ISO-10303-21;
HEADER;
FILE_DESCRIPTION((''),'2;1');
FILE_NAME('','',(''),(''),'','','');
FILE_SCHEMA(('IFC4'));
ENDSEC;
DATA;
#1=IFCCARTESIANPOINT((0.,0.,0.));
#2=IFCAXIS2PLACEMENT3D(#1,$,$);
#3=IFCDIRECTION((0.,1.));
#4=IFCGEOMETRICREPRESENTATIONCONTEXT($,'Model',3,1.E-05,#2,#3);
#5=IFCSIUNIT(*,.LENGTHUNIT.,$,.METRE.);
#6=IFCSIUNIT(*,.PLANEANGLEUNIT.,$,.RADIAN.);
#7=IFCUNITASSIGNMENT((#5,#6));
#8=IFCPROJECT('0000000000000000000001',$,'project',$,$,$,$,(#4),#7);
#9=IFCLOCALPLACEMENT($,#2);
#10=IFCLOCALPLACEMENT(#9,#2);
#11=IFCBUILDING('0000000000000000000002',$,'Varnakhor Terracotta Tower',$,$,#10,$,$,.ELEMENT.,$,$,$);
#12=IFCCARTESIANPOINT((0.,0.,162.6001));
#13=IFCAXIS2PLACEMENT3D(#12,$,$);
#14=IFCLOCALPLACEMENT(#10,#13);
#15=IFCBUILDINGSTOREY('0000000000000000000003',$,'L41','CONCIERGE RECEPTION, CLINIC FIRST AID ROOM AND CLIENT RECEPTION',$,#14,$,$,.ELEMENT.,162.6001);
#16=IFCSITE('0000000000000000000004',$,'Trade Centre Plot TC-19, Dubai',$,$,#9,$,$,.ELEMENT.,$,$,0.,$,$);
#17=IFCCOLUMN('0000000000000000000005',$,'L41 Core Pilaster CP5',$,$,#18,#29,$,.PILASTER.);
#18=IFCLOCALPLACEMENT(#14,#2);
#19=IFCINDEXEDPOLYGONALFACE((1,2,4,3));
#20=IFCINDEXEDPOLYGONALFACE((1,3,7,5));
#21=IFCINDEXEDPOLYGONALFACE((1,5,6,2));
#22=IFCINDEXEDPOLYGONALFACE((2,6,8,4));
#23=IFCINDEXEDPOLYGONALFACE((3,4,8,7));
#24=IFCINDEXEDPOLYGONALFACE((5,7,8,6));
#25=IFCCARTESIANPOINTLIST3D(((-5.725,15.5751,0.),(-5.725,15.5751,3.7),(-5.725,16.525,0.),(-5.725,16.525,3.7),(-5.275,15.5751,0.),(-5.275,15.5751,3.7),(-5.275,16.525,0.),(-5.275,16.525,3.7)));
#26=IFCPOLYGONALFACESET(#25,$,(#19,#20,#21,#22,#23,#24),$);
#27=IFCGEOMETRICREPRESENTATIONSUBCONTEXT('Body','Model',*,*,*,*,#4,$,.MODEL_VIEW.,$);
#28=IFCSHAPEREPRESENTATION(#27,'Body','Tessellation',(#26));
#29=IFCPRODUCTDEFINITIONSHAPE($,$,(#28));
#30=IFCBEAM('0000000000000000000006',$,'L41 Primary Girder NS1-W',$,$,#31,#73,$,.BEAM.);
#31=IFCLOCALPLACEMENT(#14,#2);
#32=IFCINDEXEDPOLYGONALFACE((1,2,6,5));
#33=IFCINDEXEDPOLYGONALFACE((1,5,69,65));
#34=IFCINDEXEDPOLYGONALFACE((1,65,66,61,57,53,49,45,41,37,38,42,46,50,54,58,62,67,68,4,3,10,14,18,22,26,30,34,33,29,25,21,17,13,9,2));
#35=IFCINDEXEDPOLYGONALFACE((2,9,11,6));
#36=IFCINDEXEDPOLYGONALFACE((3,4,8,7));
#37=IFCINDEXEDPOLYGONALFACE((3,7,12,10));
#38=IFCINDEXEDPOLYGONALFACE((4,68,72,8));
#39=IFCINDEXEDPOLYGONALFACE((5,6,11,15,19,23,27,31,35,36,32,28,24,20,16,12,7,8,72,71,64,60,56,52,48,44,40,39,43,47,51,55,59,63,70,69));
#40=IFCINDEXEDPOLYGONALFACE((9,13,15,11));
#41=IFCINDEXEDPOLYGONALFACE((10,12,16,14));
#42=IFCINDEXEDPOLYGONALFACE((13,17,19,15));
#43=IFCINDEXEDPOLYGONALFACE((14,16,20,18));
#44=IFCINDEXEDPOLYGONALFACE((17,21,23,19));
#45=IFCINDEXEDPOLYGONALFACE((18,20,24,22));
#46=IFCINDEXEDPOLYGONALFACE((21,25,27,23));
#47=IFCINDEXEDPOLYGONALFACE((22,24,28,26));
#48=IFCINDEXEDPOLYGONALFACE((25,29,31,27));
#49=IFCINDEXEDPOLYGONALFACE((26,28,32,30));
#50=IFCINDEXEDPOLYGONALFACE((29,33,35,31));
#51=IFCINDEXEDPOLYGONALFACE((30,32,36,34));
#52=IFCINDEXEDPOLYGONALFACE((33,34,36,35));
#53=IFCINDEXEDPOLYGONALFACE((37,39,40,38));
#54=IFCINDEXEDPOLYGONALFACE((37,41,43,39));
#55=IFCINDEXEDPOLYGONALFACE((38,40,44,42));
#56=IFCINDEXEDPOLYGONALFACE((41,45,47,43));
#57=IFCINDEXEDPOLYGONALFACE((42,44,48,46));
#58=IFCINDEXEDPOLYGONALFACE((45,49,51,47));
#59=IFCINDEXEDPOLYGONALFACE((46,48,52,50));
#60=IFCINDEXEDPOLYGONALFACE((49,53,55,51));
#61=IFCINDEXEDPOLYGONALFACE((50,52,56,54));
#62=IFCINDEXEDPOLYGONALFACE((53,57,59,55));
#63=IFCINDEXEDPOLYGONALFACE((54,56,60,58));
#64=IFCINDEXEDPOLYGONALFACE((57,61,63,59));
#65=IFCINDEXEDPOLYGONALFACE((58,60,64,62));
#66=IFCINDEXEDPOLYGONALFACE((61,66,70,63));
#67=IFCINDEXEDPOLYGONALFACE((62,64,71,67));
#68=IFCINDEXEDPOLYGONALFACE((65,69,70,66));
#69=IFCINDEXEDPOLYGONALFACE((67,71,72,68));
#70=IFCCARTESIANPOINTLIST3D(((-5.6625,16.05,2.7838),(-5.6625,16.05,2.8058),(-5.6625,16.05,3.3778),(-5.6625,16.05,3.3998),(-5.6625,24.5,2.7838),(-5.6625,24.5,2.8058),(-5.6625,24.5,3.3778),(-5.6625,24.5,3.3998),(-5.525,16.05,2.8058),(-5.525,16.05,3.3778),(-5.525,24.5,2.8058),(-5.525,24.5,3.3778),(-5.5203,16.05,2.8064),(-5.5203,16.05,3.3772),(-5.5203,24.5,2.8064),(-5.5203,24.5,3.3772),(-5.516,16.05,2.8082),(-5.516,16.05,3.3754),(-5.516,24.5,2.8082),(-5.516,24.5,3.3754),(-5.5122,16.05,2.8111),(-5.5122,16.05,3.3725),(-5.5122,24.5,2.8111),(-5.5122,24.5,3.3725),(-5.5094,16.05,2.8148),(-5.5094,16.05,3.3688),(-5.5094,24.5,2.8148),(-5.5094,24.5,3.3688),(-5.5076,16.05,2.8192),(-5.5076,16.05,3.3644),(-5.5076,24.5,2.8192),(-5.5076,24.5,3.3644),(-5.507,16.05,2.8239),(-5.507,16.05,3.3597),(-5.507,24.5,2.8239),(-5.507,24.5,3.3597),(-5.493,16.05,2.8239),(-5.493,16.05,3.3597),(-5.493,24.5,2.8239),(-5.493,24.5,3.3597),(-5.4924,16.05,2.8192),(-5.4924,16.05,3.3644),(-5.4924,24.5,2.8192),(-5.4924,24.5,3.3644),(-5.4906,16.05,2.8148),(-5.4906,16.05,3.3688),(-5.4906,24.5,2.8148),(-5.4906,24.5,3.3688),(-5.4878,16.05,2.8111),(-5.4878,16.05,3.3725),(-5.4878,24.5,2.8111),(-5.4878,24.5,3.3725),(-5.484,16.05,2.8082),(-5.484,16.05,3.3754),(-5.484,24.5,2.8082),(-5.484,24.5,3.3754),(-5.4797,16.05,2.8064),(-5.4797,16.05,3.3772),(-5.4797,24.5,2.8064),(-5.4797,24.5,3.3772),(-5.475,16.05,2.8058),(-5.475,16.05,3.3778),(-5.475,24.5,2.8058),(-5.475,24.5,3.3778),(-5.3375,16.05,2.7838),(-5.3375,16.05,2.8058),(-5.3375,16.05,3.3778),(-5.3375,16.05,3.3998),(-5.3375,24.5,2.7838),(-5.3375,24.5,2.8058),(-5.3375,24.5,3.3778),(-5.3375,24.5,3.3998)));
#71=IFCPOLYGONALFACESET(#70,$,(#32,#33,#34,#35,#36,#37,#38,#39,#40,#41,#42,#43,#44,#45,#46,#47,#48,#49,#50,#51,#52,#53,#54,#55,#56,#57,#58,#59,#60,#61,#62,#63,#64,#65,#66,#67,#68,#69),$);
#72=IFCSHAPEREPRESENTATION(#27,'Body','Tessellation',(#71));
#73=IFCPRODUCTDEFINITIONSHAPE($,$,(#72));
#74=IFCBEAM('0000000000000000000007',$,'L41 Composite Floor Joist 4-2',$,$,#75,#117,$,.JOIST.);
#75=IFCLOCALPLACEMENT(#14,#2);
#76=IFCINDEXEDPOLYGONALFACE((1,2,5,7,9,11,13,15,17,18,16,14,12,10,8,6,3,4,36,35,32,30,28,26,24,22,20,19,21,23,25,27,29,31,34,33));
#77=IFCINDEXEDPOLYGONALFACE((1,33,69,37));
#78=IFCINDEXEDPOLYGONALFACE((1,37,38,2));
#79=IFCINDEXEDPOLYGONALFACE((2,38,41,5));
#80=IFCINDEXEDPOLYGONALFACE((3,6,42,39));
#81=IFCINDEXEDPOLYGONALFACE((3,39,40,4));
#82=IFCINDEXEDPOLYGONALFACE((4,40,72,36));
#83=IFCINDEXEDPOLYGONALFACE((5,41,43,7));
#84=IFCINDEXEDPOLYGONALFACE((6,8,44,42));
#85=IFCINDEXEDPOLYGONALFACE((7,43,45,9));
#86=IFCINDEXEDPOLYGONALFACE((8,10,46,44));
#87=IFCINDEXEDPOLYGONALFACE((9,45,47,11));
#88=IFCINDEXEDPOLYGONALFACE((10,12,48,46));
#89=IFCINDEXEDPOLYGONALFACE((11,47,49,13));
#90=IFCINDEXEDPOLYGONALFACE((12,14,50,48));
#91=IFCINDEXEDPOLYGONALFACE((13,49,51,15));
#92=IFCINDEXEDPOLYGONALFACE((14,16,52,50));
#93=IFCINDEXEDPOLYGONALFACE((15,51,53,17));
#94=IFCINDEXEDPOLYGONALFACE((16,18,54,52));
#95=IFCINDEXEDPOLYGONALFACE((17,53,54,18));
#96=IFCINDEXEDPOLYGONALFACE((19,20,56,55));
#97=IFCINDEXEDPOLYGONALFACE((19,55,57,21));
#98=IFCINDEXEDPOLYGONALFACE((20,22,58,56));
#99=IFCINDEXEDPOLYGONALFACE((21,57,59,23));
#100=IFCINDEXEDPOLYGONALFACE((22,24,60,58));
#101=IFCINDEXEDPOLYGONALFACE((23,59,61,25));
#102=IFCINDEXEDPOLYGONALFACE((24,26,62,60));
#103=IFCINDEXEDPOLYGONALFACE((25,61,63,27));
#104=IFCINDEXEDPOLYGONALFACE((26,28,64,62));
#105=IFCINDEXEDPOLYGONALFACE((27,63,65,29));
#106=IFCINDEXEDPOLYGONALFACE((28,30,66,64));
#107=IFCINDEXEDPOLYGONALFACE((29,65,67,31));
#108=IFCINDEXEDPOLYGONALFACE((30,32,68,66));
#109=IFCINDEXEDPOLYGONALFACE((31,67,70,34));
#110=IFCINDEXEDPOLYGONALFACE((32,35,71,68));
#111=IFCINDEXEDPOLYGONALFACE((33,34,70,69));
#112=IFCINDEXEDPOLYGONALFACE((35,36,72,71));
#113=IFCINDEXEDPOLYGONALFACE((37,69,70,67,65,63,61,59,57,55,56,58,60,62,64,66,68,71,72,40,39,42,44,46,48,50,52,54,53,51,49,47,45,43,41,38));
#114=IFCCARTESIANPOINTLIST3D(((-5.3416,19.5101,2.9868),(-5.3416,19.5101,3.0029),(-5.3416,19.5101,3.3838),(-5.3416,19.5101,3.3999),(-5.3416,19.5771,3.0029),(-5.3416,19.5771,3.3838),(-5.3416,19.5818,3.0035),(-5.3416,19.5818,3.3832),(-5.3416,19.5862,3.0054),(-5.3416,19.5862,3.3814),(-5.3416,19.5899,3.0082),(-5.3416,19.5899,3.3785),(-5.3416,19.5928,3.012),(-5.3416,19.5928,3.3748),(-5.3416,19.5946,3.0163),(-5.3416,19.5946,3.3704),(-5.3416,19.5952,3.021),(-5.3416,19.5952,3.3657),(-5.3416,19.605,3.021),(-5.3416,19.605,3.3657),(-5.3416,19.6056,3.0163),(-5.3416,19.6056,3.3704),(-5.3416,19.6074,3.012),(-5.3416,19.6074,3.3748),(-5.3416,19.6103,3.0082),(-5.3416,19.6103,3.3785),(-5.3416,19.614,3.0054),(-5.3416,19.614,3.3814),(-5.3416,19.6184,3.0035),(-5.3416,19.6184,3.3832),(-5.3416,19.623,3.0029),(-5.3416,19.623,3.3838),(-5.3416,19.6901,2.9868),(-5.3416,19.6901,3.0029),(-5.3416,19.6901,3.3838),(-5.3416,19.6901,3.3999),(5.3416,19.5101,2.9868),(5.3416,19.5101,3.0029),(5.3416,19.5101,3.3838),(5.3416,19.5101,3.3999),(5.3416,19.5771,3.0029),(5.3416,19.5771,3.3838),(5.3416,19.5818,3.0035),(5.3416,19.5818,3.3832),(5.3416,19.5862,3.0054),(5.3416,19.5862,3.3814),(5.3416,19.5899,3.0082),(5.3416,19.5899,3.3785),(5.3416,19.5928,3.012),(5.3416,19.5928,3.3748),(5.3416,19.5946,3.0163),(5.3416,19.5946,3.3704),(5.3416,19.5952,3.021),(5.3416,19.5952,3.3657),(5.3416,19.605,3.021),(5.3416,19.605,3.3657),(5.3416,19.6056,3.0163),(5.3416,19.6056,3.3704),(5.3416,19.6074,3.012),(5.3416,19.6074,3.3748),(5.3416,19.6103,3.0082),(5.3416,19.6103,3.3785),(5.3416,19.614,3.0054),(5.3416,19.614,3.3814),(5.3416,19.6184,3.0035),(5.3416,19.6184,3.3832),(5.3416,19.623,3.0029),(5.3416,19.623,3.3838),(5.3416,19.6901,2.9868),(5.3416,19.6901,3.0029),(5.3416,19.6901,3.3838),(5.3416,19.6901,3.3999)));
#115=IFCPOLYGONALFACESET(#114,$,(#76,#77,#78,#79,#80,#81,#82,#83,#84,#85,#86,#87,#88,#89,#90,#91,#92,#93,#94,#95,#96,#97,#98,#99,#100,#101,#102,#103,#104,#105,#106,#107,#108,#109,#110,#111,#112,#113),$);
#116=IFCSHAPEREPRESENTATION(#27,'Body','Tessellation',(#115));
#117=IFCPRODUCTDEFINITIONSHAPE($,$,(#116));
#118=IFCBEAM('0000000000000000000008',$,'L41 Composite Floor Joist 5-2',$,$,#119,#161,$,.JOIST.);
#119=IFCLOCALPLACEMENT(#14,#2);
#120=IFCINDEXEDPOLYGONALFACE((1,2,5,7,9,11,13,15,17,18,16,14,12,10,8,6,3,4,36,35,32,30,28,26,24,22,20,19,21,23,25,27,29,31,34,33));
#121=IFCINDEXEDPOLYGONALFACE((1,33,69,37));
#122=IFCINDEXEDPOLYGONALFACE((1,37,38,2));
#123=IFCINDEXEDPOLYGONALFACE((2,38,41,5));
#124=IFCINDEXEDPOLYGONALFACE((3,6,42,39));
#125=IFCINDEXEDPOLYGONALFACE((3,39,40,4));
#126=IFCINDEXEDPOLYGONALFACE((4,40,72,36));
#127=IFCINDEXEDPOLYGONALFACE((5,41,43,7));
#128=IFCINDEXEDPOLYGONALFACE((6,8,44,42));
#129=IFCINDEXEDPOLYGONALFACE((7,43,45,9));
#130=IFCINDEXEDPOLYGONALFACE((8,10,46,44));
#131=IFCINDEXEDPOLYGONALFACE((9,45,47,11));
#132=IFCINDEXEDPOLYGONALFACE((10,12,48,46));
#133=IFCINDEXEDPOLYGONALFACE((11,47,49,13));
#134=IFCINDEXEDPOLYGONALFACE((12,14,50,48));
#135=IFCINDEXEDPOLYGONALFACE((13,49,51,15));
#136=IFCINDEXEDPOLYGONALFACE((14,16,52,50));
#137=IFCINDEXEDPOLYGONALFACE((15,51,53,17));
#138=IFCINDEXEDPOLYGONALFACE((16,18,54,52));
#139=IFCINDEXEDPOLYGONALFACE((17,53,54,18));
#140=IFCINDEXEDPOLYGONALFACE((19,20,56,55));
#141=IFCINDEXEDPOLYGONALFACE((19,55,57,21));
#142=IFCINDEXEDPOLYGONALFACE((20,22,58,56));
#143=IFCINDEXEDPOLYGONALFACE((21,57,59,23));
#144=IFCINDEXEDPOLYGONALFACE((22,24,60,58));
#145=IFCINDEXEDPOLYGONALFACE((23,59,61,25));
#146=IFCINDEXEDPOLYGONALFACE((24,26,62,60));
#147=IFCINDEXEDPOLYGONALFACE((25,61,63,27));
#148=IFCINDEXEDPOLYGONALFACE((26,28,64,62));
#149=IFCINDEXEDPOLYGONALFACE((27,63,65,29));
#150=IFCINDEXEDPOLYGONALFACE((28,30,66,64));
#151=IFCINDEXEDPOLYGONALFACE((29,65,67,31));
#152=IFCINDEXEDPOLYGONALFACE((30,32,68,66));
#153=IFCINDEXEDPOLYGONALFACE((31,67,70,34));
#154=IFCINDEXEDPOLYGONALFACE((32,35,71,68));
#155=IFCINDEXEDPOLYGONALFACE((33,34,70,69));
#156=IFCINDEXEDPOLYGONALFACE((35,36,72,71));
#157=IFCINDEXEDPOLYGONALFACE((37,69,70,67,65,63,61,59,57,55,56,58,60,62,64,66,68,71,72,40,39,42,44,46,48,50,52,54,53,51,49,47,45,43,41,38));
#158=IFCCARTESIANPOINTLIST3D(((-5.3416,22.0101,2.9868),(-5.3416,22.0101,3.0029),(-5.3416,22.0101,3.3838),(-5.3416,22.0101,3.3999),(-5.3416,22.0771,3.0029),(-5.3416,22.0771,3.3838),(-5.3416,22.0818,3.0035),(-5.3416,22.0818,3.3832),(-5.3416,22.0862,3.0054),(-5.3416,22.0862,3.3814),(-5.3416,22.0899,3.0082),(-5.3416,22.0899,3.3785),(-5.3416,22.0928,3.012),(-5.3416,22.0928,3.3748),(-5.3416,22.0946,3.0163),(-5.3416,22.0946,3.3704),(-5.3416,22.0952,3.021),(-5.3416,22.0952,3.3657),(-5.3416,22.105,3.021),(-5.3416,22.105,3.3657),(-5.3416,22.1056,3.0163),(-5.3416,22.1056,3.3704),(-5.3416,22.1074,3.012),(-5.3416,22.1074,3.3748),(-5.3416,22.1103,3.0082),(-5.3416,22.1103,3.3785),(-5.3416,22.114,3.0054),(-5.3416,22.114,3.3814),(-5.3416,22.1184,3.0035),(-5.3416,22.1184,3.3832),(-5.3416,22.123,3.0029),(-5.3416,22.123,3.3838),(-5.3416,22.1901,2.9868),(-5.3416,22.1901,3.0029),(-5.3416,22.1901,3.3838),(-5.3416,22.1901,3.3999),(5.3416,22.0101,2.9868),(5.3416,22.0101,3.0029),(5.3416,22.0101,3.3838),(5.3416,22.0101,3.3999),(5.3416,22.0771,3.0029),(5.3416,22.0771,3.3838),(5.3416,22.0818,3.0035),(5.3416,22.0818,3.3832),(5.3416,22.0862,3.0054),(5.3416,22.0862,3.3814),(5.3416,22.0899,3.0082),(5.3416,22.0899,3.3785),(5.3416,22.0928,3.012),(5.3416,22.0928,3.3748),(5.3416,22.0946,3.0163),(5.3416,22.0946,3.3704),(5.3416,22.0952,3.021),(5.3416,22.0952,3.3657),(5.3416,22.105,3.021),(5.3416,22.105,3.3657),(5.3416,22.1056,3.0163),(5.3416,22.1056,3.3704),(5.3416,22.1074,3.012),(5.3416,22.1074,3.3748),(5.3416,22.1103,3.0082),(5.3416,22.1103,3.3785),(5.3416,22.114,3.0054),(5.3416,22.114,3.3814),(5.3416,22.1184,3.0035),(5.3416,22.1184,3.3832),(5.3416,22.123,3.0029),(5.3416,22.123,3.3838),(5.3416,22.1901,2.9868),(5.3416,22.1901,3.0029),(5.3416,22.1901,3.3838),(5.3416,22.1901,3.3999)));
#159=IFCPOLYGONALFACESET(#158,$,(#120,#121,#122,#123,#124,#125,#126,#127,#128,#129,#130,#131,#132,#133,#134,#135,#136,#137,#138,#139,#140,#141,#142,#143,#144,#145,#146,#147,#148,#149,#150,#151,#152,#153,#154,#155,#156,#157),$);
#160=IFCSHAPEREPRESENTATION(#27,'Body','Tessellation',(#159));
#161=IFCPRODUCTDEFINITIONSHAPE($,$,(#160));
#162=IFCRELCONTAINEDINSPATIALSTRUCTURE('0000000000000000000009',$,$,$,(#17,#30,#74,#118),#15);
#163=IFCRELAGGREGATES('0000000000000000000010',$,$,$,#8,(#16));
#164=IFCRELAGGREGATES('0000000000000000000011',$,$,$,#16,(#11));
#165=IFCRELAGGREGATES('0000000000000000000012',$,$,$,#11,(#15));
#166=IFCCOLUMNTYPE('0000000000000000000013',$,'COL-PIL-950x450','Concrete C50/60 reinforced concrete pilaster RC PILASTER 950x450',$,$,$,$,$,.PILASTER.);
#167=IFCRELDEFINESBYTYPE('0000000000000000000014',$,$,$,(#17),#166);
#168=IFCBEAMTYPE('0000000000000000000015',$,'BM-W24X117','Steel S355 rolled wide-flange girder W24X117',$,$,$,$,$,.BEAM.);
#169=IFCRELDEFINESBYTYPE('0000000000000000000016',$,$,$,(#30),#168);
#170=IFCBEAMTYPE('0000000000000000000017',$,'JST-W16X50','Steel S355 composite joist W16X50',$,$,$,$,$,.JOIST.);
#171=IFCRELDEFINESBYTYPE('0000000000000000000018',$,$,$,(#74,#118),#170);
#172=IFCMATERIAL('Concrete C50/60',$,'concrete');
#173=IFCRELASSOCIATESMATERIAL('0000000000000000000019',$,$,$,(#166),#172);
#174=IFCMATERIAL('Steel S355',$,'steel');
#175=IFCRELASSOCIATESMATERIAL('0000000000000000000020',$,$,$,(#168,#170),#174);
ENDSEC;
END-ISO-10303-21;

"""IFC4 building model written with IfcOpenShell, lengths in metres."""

from ifc_helpers import new_model, si_unit, direction, frame, origin, origin_2d, place, context, subcontext, project, spatial, rectangle, i_section, extrude, source, transform, mapped, material, material_profile, profile_set, type_object, type_shapes, element, save


model = new_model("IFC4")

# Units and contexts
model_context = context("Model", 3, precision=1e-05, world=origin(), true_north=direction((0.0, 1.0)))
body_context = subcontext(model_context, "Body", "Model", "MODEL_VIEW")
ifc_project = project(units=[si_unit("LENGTHUNIT", "METRE"), si_unit("PLANEANGLEUNIT", "RADIAN")], contexts=[model_context])

# Site, building, storey
site_placement = place(None, origin())
site = spatial("IfcSite", under=ifc_project, at=site_placement, Name="Trade Centre Plot TC-19, Dubai", CompositionType="ELEMENT", RefElevation=0.0)
building_placement = place(site_placement, origin())
building = spatial("IfcBuilding", under=site, at=building_placement, Name="Varnakhor Terracotta Tower", CompositionType="ELEMENT")
storey_placement = place(building_placement, frame((0.0, 0.0, 162.6001)))
storey = spatial("IfcBuildingStorey", under=building, at=storey_placement, Name="L41", Description="CONCIERGE RECEPTION, CLINIC FIRST AID ROOM AND CLIENT RECEPTION", CompositionType="ELEMENT", Elevation=162.6001)

# Column
ifc_material_1 = material(Name="Concrete C50/60", Category="concrete")
ifc_material_profile_1 = material_profile(ifc_material_1, rectangle(XDim=0.45, YDim=0.95, at=origin_2d()), Name="RC PILASTER 950x450")
ifc_profile_set_1 = profile_set([ifc_material_profile_1], Name="Concrete C50/60")
column_type = type_object("IfcColumnType", Name="COL-PIL-950x450", Description="Concrete C50/60 reinforced concrete pilaster RC PILASTER 950x450", PredefinedType="PILASTER", material=ifc_profile_set_1)
shared_shape_1 = source(origin(), body_context, "Body", "SweptSolid", [
    extrude(rectangle(XDim=0.45, YDim=0.95, at=origin_2d()), origin(), (0.0, 0.0, 1.0), 3.7),
])
column_placement = place(storey_placement, frame((-5.5, 16.05, 0.0), z_axis=(0.0, 0.0, 1.0), x_axis=(1.0, 0.0, 0.0)))
element("IfcColumn", 1, at=column_placement, inside=storey, type_object=column_type, Name="L41 Core Pilaster CP5", PredefinedType="PILASTER", context=body_context, shape_type="MappedRepresentation", body=[
    mapped(shared_shape_1, transform((0.0, 0.0, 0.0), scale=1.0)),
])

# Beams
ifc_material_2 = material(Name="Steel S355", Category="steel")
ifc_material_profile_2 = material_profile(ifc_material_2, i_section(OverallWidth=0.325, OverallDepth=0.616, WebThickness=0.0139, FlangeThickness=0.022, FilletRadius=0.0181, at=origin_2d()), Name="W24X117")
ifc_profile_set_2 = profile_set([ifc_material_profile_2], Name="Steel S355")
beam_type_1 = type_object("IfcBeamType", Name="BM-W24X117", Description="Steel S355 rolled wide-flange girder W24X117", PredefinedType="BEAM", material=ifc_profile_set_2)
shared_shape_2 = source(origin(), body_context, "Body", "SweptSolid", [
    extrude(i_section(OverallWidth=0.325, OverallDepth=0.616, WebThickness=0.0139, FlangeThickness=0.022, FilletRadius=0.0181, at=origin_2d()), origin(), (0.0, 0.0, 1.0), 8.45),
])
type_shapes(beam_type_1, [shared_shape_2])
beam_placement = place(storey_placement, frame((-5.5, 16.05, 3.0918), z_axis=(0.0, 1.0, 0.0), x_axis=(-1.0, 0.0, 0.0)))
element("IfcBeam", 2, at=beam_placement, inside=storey, type_object=beam_type_1, Name="L41 Primary Girder NS1-W", PredefinedType="BEAM", context=body_context, shape_type="MappedRepresentation", body=[
    mapped(shared_shape_2, transform((0.0, 0.0, 0.0), scale=1.0)),
])
ifc_material_profile_3 = material_profile(ifc_material_2, i_section(OverallWidth=0.1799, OverallDepth=0.4131, WebThickness=0.0098, FlangeThickness=0.0161, FilletRadius=0.0181, at=origin_2d()), Name="W16X50")
ifc_profile_set_3 = profile_set([ifc_material_profile_3], Name="Steel S355")
beam_type_2 = type_object("IfcBeamType", Name="JST-W16X50", Description="Steel S355 composite joist W16X50", PredefinedType="JOIST", material=ifc_profile_set_3)
shared_shape_3 = source(origin(), body_context, "Body", "SweptSolid", [
    extrude(i_section(OverallWidth=0.1799, OverallDepth=0.4131, WebThickness=0.0098, FlangeThickness=0.0161, FilletRadius=0.0181, at=origin_2d()), origin(), (0.0, 0.0, 1.0), 10.6831),
])
for number, where, z_axis, x_axis, name in (
    (3, (-5.3416, 19.6001, 3.1934), (1.0, 0.0, 0.0), (0.0, 1.0, 0.0), "L41 Composite Floor Joist 4-2"),
    (4, (-5.3416, 22.1001, 3.1934), (1.0, 0.0, 0.0), (0.0, 1.0, 0.0), "L41 Composite Floor Joist 5-2"),
):
    element("IfcBeam", number, at=place(storey_placement, frame(where, z_axis=z_axis, x_axis=x_axis)), inside=storey, type_object=beam_type_2, Name=name, PredefinedType="JOIST", context=body_context, shape_type="MappedRepresentation", body=[
        mapped(shared_shape_3, transform((0.0, 0.0, 0.0), scale=1.0)),
    ])

save(model, "model.ifc")
